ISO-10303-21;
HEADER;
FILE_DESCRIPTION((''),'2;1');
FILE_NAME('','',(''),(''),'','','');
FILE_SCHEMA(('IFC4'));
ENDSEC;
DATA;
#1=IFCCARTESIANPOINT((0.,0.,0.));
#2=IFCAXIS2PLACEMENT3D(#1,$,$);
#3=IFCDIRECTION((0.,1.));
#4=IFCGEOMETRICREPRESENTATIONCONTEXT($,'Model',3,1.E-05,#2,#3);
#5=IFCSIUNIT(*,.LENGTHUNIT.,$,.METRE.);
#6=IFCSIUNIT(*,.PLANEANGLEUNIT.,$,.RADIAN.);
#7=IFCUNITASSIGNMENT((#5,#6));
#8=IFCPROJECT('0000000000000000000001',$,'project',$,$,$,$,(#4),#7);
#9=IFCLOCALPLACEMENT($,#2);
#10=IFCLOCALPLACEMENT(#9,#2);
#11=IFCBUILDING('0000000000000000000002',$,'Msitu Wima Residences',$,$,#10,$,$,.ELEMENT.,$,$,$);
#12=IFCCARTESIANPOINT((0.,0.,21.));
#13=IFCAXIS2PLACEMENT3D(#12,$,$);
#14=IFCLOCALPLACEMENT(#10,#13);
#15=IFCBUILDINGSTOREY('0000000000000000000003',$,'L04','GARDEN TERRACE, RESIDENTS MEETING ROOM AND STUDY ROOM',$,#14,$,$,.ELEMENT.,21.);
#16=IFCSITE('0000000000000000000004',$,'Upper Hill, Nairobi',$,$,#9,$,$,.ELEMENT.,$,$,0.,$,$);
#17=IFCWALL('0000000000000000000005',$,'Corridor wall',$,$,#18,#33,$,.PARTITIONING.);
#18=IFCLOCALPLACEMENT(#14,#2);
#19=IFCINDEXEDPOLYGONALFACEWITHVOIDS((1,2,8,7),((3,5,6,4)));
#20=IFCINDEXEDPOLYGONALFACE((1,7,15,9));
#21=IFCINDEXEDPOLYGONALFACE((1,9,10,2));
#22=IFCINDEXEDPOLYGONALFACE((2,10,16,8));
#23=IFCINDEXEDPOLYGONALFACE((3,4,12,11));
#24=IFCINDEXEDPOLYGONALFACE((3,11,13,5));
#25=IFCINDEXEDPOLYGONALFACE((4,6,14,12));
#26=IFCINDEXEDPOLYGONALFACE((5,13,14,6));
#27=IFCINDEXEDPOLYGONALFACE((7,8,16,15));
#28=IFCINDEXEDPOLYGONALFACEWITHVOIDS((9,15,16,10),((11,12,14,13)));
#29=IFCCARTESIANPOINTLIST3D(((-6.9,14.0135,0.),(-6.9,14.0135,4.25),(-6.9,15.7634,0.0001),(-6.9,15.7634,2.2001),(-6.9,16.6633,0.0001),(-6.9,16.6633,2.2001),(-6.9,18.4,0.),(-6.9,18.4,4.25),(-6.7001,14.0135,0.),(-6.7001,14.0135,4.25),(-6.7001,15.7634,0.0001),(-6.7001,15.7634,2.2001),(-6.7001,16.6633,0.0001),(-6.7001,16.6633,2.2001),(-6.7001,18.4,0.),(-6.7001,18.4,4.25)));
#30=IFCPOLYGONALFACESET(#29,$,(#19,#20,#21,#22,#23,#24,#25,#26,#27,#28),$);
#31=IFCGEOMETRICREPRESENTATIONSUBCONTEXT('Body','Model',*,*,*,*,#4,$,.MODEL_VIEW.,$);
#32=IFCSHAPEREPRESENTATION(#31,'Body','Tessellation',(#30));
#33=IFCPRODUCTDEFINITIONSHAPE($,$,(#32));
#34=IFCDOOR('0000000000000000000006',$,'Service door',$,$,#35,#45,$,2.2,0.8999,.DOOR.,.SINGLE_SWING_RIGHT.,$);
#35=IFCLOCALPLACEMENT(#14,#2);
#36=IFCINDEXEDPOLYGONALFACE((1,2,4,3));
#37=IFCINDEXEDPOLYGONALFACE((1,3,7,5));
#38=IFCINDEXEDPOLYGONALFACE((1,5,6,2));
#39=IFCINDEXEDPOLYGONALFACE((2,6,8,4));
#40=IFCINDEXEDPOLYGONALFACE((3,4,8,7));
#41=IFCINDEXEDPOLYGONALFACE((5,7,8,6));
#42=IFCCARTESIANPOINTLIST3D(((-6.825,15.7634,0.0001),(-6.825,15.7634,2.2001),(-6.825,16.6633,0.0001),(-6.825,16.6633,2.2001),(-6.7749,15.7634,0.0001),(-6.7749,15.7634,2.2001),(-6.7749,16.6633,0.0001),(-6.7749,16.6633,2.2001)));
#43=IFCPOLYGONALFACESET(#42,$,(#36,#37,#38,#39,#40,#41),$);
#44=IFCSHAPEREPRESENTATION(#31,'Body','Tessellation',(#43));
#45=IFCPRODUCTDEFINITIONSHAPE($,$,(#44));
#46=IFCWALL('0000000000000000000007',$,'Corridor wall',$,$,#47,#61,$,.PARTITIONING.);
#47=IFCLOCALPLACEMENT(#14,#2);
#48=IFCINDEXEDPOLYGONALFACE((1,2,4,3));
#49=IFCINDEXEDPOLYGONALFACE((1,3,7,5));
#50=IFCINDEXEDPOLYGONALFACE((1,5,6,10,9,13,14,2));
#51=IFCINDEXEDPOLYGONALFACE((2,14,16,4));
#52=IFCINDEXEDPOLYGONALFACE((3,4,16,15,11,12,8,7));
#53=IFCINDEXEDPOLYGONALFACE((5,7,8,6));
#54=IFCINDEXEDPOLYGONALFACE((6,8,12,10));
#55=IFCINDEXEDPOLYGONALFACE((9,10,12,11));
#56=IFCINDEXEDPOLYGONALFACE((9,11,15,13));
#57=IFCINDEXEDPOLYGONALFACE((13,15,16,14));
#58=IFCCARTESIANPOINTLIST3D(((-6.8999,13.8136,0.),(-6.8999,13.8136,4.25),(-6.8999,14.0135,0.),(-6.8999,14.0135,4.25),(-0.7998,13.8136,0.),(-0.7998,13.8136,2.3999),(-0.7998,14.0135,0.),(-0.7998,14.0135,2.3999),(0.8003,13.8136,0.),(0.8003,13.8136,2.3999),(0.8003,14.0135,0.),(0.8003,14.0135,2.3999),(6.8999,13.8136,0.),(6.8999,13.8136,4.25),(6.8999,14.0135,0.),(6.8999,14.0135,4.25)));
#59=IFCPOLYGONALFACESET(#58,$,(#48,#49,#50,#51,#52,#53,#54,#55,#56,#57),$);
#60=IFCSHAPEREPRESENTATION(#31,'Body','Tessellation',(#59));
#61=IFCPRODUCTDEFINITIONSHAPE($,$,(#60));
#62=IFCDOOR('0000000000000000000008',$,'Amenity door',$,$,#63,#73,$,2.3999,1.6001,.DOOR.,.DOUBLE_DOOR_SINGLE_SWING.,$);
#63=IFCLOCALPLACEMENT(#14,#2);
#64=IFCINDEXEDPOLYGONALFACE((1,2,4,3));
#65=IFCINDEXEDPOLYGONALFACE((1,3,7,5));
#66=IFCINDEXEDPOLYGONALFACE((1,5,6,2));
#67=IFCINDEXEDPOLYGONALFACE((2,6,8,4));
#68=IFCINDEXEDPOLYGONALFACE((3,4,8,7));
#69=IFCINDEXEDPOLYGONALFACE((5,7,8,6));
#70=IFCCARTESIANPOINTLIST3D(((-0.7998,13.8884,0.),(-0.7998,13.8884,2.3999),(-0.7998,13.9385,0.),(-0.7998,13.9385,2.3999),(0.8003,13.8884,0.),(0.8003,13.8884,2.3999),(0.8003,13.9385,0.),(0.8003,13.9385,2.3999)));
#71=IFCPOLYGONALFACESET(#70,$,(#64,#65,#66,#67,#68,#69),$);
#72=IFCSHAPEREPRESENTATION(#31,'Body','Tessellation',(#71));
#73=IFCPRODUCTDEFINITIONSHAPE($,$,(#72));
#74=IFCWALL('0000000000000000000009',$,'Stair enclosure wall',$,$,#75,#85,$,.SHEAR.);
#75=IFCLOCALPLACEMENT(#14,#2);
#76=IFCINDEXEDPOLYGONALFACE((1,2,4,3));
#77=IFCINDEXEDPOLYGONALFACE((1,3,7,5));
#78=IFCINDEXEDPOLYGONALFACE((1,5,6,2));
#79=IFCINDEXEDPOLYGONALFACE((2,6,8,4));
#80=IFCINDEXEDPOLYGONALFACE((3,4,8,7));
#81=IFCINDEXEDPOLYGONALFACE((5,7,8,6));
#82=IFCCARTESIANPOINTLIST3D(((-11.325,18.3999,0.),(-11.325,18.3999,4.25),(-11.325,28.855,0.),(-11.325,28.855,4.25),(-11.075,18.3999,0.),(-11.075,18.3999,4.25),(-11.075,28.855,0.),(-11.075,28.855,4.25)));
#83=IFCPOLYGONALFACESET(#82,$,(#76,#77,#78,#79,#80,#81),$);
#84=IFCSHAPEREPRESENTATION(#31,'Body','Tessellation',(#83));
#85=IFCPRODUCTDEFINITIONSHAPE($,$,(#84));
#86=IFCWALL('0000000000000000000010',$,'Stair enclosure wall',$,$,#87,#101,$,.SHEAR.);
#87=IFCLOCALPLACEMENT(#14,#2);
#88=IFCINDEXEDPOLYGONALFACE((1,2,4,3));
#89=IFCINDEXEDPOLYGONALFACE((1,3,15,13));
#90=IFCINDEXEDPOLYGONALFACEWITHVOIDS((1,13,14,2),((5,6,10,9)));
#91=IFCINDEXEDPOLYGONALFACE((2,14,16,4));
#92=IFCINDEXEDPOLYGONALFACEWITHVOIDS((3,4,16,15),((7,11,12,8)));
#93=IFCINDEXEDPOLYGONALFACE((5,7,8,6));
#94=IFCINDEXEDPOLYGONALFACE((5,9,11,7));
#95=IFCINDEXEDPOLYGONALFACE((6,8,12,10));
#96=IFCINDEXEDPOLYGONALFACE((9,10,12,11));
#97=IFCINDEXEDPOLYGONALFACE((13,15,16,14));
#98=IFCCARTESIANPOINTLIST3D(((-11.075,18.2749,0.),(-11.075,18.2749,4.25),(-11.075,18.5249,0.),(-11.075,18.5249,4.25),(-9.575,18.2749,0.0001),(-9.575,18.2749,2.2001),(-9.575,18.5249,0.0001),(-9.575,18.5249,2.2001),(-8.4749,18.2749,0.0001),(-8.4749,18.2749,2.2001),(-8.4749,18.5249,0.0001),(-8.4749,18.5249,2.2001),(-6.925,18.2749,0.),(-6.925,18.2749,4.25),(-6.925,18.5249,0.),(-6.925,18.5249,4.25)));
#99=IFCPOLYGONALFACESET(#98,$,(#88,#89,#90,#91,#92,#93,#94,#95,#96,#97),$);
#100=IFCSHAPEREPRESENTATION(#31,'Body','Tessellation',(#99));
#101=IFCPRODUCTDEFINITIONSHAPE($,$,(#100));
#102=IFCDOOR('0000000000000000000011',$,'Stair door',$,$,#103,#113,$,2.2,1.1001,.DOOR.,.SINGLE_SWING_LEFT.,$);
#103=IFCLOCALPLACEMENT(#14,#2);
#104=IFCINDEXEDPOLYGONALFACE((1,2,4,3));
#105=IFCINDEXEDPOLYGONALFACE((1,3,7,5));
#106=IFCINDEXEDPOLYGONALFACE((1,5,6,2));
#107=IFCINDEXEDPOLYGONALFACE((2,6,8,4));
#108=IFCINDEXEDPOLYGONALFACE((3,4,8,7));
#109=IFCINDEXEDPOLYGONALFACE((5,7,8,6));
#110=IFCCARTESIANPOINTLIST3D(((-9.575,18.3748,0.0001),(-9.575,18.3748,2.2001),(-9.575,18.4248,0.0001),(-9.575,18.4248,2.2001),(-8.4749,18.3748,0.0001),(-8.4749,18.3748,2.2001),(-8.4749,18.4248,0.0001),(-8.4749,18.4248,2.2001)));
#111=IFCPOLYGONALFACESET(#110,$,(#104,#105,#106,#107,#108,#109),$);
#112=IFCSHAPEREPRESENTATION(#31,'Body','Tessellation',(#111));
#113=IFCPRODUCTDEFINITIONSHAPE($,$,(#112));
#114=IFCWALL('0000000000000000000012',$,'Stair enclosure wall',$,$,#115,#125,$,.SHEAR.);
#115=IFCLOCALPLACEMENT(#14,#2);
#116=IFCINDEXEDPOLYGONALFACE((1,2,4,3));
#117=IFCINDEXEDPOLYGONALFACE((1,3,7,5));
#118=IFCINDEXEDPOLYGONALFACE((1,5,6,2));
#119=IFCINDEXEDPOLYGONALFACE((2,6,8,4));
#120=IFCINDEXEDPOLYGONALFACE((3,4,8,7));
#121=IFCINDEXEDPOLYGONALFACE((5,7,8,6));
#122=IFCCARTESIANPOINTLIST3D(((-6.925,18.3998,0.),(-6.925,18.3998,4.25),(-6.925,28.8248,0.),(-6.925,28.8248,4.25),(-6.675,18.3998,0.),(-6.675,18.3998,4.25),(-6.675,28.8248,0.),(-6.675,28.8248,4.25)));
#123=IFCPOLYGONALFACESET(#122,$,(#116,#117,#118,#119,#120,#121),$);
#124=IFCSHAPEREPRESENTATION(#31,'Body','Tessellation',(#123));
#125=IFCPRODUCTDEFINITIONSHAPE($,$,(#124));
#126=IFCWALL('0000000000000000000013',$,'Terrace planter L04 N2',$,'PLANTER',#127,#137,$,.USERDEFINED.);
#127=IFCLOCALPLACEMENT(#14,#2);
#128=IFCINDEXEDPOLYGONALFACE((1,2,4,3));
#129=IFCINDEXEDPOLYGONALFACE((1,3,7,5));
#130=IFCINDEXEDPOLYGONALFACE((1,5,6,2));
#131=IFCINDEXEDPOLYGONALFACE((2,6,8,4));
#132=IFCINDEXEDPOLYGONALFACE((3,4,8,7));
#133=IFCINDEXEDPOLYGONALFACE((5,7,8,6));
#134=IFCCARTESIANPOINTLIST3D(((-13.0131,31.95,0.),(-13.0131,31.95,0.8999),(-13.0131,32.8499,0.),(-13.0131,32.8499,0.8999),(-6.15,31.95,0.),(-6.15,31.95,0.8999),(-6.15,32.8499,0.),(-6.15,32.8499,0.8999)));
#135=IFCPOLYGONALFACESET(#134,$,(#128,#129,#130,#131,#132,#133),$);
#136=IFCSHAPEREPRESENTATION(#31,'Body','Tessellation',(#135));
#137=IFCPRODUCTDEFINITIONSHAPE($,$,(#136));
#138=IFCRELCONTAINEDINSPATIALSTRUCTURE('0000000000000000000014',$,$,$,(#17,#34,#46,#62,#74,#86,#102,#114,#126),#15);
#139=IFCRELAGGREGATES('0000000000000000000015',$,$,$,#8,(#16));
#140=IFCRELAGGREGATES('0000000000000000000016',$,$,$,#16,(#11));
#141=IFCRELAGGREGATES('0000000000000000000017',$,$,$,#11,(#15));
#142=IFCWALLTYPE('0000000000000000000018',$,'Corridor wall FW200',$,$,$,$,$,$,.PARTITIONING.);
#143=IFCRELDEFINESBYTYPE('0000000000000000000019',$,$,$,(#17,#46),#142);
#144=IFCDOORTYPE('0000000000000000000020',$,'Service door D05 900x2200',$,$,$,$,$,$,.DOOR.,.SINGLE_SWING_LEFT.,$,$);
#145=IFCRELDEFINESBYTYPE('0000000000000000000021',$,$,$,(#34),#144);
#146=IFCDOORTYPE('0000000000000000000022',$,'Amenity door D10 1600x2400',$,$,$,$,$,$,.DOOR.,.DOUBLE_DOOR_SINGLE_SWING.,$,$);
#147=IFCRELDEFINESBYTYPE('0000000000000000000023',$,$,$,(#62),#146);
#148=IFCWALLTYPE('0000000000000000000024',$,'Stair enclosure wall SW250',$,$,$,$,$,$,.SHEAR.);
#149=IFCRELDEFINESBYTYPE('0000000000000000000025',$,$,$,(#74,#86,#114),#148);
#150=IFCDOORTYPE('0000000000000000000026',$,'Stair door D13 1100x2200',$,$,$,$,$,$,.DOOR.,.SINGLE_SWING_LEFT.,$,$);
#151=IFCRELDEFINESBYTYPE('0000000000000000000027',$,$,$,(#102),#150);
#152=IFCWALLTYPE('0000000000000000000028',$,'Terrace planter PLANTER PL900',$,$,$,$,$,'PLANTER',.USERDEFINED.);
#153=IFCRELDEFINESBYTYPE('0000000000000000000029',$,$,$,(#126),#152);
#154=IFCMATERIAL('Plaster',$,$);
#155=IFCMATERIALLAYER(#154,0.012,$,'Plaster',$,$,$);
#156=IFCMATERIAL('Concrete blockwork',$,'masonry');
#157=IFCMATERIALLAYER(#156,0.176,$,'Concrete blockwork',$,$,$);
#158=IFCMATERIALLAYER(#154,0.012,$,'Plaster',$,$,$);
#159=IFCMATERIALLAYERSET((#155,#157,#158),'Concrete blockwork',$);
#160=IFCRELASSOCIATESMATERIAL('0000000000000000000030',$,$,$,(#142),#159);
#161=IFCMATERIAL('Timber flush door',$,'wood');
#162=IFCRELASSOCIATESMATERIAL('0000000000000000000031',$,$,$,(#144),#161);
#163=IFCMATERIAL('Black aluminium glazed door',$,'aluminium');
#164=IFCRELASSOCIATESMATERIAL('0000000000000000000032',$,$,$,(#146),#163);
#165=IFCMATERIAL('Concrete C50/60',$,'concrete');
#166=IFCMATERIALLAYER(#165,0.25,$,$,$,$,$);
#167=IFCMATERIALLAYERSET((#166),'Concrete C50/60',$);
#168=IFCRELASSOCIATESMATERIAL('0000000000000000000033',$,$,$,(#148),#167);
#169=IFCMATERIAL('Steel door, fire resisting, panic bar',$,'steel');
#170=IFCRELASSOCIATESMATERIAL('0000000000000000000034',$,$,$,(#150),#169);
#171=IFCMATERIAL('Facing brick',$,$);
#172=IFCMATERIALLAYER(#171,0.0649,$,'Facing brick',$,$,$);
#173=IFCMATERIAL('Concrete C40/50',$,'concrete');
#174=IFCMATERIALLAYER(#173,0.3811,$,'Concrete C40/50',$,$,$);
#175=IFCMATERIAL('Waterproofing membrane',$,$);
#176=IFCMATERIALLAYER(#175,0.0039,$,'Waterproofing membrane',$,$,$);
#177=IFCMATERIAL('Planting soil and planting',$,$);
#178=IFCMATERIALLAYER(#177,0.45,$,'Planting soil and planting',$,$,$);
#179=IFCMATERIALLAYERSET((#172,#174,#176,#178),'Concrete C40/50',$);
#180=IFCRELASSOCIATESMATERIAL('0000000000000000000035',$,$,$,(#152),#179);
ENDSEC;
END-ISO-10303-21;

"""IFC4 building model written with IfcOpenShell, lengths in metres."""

from ifc_helpers import new_model, si_unit, direction, frame, frame_2d, origin, place, context, subcontext, project, spatial, rectangle, extrude, material, layer, layer_set, type_object, element, fill, save


model = new_model("IFC4")

# Units and contexts
model_context = context("Model", 3, precision=1e-05, world=origin(), true_north=direction((0.0, 1.0)))
body_context = subcontext(model_context, "Body", "Model", "MODEL_VIEW")
ifc_project = project(units=[si_unit("LENGTHUNIT", "METRE"), si_unit("PLANEANGLEUNIT", "RADIAN")], contexts=[model_context])

# Site, building, storey
site_placement = place(None, origin())
site = spatial("IfcSite", under=ifc_project, at=site_placement, Name="Upper Hill, Nairobi", CompositionType="ELEMENT", RefElevation=0.0)
building_placement = place(site_placement, origin())
building = spatial("IfcBuilding", under=site, at=building_placement, Name="Msitu Wima Residences", CompositionType="ELEMENT")
storey_placement = place(building_placement, frame((0.0, 0.0, 21.0)))
storey = spatial("IfcBuildingStorey", under=building, at=storey_placement, Name="L04", Description="GARDEN TERRACE, RESIDENTS MEETING ROOM AND STUDY ROOM", CompositionType="ELEMENT", Elevation=21.0)

# Shared definitions
ifc_material_1 = material(Name="Concrete C50/60", Category="concrete")
ifc_material_2 = material(Name="Concrete C40/50", Category="concrete")

# Shared definitions
ifc_material_3 = material(Name="Steel door, fire resisting, panic bar", Category="steel")

# Shared definitions
ifc_material_4 = material(Name="Plaster")
ifc_layer_1 = layer(ifc_material_4, 0.012, Name="Plaster")
ifc_material_5 = material(Name="Concrete blockwork", Category="masonry")
ifc_layer_2 = layer(ifc_material_5, 0.176, Name="Concrete blockwork")
ifc_layer_3 = layer(ifc_material_4, 0.012, Name="Plaster")
ifc_layer_set_1 = layer_set([ifc_layer_1, ifc_layer_2, ifc_layer_3], Name="Concrete blockwork")
wall_type_1 = type_object("IfcWallType", Name="Corridor wall FW200", PredefinedType="PARTITIONING", material=ifc_layer_set_1)

# Walls, openings, doors
wall_1_placement = place(storey_placement, frame((-6.8, 14.0134, 0.0), z_axis=(0.0, 0.0, 1.0), x_axis=(0.0, 1.0, 0.0)))
wall_1 = element("IfcWall", 1, at=wall_1_placement, inside=storey, type_object=wall_type_1, Name="Corridor wall", PredefinedType="PARTITIONING", context=body_context, shape_type="SweptSolid", body=[
    extrude(rectangle(XDim=4.3865, YDim=0.2, at=frame_2d((2.1934, 0.0))), origin(), (0.0, 0.0, 1.0), 4.25),
])
opening_1_placement = place(wall_1_placement, frame((1.75, 0.0, 0.0)))
opening_1 = element("IfcOpeningElement", 2, at=opening_1_placement, cuts=wall_1, PredefinedType="OPENING", context=body_context, shape_type="SweptSolid", body=[
    extrude(rectangle(XDim=0.8999, YDim=2.2, at=frame_2d((0.45, 1.1001))), frame((0.0, 0.1099, 0.0), z_axis=(0.0, -1.0, 0.0), x_axis=(1.0, 0.0, 0.0)), (0.0, 0.0, 1.0), 0.22),
])
ifc_material_6 = material(Name="Timber flush door", Category="wood")
door_type_1 = type_object("IfcDoorType", Name="Service door D05 900x2200", OperationType="SINGLE_SWING_LEFT", PredefinedType="DOOR", material=ifc_material_6)
door_1_placement = place(opening_1_placement, origin())
door_1 = element("IfcDoor", 3, at=door_1_placement, inside=storey, type_object=door_type_1, Name="Service door", OperationType="SINGLE_SWING_RIGHT", OverallHeight=2.2, OverallWidth=0.8999, PredefinedType="DOOR", context=body_context, shape_type="SweptSolid", body=[
    extrude(rectangle(XDim=0.8999, YDim=2.2, at=frame_2d((0.45, 1.1001))), frame((0.0, 0.0249, 0.0), z_axis=(0.0, -1.0, 0.0), x_axis=(1.0, 0.0, 0.0)), (0.0, 0.0, 1.0), 0.05),
])
fill(opening_1, door_1)
wall_2_placement = place(storey_placement, frame((-6.8999, 13.9136, 0.0), z_axis=(0.0, 0.0, 1.0), x_axis=(1.0, 0.0, 0.0)))
wall_2 = element("IfcWall", 4, at=wall_2_placement, inside=storey, type_object=wall_type_1, Name="Corridor wall", PredefinedType="PARTITIONING", context=body_context, shape_type="SweptSolid", body=[
    extrude(rectangle(XDim=13.7998, YDim=0.2, at=frame_2d((6.8999, 0.0))), origin(), (0.0, 0.0, 1.0), 4.25),
])
opening_2_placement = place(wall_2_placement, frame((6.1001, 0.0, 0.0)))
opening_2 = element("IfcOpeningElement", 5, at=opening_2_placement, cuts=wall_2, PredefinedType="OPENING", context=body_context, shape_type="SweptSolid", body=[
    extrude(rectangle(XDim=1.6001, YDim=2.3999, at=frame_2d((0.8, 1.2))), frame((0.0, 0.1099, 0.0), z_axis=(0.0, -1.0, 0.0), x_axis=(1.0, 0.0, 0.0)), (0.0, 0.0, 1.0), 0.22),
])
ifc_material_7 = material(Name="Black aluminium glazed door", Category="aluminium")
door_type_2 = type_object("IfcDoorType", Name="Amenity door D10 1600x2400", OperationType="DOUBLE_DOOR_SINGLE_SWING", PredefinedType="DOOR", material=ifc_material_7)
door_2_placement = place(opening_2_placement, origin())
door_2 = element("IfcDoor", 6, at=door_2_placement, inside=storey, type_object=door_type_2, Name="Amenity door", OperationType="DOUBLE_DOOR_SINGLE_SWING", OverallHeight=2.3999, OverallWidth=1.6001, PredefinedType="DOOR", context=body_context, shape_type="SweptSolid", body=[
    extrude(rectangle(XDim=1.6001, YDim=2.3999, at=frame_2d((0.8, 1.2))), frame((0.0, 0.0249, 0.0), z_axis=(0.0, -1.0, 0.0), x_axis=(1.0, 0.0, 0.0)), (0.0, 0.0, 1.0), 0.05),
])
fill(opening_2, door_2)

# Wall
ifc_layer_4 = layer(ifc_material_1, 0.25)
ifc_layer_set_2 = layer_set([ifc_layer_4], Name="Concrete C50/60")
wall_type_2 = type_object("IfcWallType", Name="Stair enclosure wall SW250", PredefinedType="SHEAR", material=ifc_layer_set_2)
wall_3_placement = place(storey_placement, frame((-11.2, 18.3999, 0.0), z_axis=(0.0, 0.0, 1.0), x_axis=(0.0, 1.0, 0.0)))
element("IfcWall", 7, at=wall_3_placement, inside=storey, type_object=wall_type_2, Name="Stair enclosure wall", PredefinedType="SHEAR", context=body_context, shape_type="SweptSolid", body=[
    extrude(rectangle(XDim=10.4551, YDim=0.25, at=frame_2d((5.2275, 0.0))), origin(), (0.0, 0.0, 1.0), 4.25),
])

# Wall, opening, door
wall_4_placement = place(storey_placement, frame((-11.075, 18.3999, 0.0), z_axis=(0.0, 0.0, 1.0), x_axis=(1.0, 0.0, 0.0)))
wall_4 = element("IfcWall", 8, at=wall_4_placement, inside=storey, type_object=wall_type_2, Name="Stair enclosure wall", PredefinedType="SHEAR", context=body_context, shape_type="SweptSolid", body=[
    extrude(rectangle(XDim=4.1499, YDim=0.25, at=frame_2d((2.075, 0.0))), origin(), (0.0, 0.0, 1.0), 4.25),
])
opening_3_placement = place(wall_4_placement, frame((1.5, 0.0, 0.0)))
opening_3 = element("IfcOpeningElement", 9, at=opening_3_placement, cuts=wall_4, PredefinedType="OPENING", context=body_context, shape_type="SweptSolid", body=[
    extrude(rectangle(XDim=1.1001, YDim=2.2, at=frame_2d((0.55, 1.1001))), frame((0.0, 0.135, 0.0), z_axis=(0.0, -1.0, 0.0), x_axis=(1.0, 0.0, 0.0)), (0.0, 0.0, 1.0), 0.27),
])
door_type_3 = type_object("IfcDoorType", Name="Stair door D13 1100x2200", OperationType="SINGLE_SWING_LEFT", PredefinedType="DOOR", material=ifc_material_3)
door_3_placement = place(opening_3_placement, origin())
door_3 = element("IfcDoor", 10, at=door_3_placement, inside=storey, type_object=door_type_3, Name="Stair door", OperationType="SINGLE_SWING_LEFT", OverallHeight=2.2, OverallWidth=1.1001, PredefinedType="DOOR", context=body_context, shape_type="SweptSolid", body=[
    extrude(rectangle(XDim=1.1001, YDim=2.2, at=frame_2d((0.55, 1.1001))), frame((0.0, 0.0249, 0.0), z_axis=(0.0, -1.0, 0.0), x_axis=(1.0, 0.0, 0.0)), (0.0, 0.0, 1.0), 0.05),
])
fill(opening_3, door_3)

# Walls
wall_5_placement = place(storey_placement, frame((-6.8, 18.3999, 0.0), z_axis=(0.0, 0.0, 1.0), x_axis=(0.0, 1.0, 0.0)))
element("IfcWall", 11, at=wall_5_placement, inside=storey, type_object=wall_type_2, Name="Stair enclosure wall", PredefinedType="SHEAR", context=body_context, shape_type="SweptSolid", body=[
    extrude(rectangle(XDim=10.425, YDim=0.25, at=frame_2d((5.2124, 0.0))), origin(), (0.0, 0.0, 1.0), 4.25),
])
ifc_material_8 = material(Name="Facing brick")
ifc_layer_5 = layer(ifc_material_8, 0.0649, Name="Facing brick")
ifc_layer_6 = layer(ifc_material_2, 0.3811, Name="Concrete C40/50")
ifc_material_9 = material(Name="Waterproofing membrane")
ifc_layer_7 = layer(ifc_material_9, 0.0039, Name="Waterproofing membrane")
ifc_material_10 = material(Name="Planting soil and planting")
ifc_layer_8 = layer(ifc_material_10, 0.45, Name="Planting soil and planting")
ifc_layer_set_3 = layer_set([ifc_layer_5, ifc_layer_6, ifc_layer_7, ifc_layer_8], Name="Concrete C40/50")
wall_type_3 = type_object("IfcWallType", Name="Terrace planter PLANTER PL900", ElementType="PLANTER", PredefinedType="USERDEFINED", material=ifc_layer_set_3)
wall_6_placement = place(storey_placement, frame((-6.1499, 32.3999, 0.0), z_axis=(0.0, 0.0, 1.0), x_axis=(-1.0, 0.0, 0.0)))
element("IfcWall", 12, at=wall_6_placement, inside=storey, type_object=wall_type_3, Name="Terrace planter L04 N2", ObjectType="PLANTER", PredefinedType="USERDEFINED", context=body_context, shape_type="SweptSolid", body=[
    extrude(rectangle(XDim=6.863, YDim=0.8999, at=frame_2d((3.4316, 0.0))), origin(), (0.0, 0.0, 1.0), 0.8999),
])

save(model, "model.ifc")
